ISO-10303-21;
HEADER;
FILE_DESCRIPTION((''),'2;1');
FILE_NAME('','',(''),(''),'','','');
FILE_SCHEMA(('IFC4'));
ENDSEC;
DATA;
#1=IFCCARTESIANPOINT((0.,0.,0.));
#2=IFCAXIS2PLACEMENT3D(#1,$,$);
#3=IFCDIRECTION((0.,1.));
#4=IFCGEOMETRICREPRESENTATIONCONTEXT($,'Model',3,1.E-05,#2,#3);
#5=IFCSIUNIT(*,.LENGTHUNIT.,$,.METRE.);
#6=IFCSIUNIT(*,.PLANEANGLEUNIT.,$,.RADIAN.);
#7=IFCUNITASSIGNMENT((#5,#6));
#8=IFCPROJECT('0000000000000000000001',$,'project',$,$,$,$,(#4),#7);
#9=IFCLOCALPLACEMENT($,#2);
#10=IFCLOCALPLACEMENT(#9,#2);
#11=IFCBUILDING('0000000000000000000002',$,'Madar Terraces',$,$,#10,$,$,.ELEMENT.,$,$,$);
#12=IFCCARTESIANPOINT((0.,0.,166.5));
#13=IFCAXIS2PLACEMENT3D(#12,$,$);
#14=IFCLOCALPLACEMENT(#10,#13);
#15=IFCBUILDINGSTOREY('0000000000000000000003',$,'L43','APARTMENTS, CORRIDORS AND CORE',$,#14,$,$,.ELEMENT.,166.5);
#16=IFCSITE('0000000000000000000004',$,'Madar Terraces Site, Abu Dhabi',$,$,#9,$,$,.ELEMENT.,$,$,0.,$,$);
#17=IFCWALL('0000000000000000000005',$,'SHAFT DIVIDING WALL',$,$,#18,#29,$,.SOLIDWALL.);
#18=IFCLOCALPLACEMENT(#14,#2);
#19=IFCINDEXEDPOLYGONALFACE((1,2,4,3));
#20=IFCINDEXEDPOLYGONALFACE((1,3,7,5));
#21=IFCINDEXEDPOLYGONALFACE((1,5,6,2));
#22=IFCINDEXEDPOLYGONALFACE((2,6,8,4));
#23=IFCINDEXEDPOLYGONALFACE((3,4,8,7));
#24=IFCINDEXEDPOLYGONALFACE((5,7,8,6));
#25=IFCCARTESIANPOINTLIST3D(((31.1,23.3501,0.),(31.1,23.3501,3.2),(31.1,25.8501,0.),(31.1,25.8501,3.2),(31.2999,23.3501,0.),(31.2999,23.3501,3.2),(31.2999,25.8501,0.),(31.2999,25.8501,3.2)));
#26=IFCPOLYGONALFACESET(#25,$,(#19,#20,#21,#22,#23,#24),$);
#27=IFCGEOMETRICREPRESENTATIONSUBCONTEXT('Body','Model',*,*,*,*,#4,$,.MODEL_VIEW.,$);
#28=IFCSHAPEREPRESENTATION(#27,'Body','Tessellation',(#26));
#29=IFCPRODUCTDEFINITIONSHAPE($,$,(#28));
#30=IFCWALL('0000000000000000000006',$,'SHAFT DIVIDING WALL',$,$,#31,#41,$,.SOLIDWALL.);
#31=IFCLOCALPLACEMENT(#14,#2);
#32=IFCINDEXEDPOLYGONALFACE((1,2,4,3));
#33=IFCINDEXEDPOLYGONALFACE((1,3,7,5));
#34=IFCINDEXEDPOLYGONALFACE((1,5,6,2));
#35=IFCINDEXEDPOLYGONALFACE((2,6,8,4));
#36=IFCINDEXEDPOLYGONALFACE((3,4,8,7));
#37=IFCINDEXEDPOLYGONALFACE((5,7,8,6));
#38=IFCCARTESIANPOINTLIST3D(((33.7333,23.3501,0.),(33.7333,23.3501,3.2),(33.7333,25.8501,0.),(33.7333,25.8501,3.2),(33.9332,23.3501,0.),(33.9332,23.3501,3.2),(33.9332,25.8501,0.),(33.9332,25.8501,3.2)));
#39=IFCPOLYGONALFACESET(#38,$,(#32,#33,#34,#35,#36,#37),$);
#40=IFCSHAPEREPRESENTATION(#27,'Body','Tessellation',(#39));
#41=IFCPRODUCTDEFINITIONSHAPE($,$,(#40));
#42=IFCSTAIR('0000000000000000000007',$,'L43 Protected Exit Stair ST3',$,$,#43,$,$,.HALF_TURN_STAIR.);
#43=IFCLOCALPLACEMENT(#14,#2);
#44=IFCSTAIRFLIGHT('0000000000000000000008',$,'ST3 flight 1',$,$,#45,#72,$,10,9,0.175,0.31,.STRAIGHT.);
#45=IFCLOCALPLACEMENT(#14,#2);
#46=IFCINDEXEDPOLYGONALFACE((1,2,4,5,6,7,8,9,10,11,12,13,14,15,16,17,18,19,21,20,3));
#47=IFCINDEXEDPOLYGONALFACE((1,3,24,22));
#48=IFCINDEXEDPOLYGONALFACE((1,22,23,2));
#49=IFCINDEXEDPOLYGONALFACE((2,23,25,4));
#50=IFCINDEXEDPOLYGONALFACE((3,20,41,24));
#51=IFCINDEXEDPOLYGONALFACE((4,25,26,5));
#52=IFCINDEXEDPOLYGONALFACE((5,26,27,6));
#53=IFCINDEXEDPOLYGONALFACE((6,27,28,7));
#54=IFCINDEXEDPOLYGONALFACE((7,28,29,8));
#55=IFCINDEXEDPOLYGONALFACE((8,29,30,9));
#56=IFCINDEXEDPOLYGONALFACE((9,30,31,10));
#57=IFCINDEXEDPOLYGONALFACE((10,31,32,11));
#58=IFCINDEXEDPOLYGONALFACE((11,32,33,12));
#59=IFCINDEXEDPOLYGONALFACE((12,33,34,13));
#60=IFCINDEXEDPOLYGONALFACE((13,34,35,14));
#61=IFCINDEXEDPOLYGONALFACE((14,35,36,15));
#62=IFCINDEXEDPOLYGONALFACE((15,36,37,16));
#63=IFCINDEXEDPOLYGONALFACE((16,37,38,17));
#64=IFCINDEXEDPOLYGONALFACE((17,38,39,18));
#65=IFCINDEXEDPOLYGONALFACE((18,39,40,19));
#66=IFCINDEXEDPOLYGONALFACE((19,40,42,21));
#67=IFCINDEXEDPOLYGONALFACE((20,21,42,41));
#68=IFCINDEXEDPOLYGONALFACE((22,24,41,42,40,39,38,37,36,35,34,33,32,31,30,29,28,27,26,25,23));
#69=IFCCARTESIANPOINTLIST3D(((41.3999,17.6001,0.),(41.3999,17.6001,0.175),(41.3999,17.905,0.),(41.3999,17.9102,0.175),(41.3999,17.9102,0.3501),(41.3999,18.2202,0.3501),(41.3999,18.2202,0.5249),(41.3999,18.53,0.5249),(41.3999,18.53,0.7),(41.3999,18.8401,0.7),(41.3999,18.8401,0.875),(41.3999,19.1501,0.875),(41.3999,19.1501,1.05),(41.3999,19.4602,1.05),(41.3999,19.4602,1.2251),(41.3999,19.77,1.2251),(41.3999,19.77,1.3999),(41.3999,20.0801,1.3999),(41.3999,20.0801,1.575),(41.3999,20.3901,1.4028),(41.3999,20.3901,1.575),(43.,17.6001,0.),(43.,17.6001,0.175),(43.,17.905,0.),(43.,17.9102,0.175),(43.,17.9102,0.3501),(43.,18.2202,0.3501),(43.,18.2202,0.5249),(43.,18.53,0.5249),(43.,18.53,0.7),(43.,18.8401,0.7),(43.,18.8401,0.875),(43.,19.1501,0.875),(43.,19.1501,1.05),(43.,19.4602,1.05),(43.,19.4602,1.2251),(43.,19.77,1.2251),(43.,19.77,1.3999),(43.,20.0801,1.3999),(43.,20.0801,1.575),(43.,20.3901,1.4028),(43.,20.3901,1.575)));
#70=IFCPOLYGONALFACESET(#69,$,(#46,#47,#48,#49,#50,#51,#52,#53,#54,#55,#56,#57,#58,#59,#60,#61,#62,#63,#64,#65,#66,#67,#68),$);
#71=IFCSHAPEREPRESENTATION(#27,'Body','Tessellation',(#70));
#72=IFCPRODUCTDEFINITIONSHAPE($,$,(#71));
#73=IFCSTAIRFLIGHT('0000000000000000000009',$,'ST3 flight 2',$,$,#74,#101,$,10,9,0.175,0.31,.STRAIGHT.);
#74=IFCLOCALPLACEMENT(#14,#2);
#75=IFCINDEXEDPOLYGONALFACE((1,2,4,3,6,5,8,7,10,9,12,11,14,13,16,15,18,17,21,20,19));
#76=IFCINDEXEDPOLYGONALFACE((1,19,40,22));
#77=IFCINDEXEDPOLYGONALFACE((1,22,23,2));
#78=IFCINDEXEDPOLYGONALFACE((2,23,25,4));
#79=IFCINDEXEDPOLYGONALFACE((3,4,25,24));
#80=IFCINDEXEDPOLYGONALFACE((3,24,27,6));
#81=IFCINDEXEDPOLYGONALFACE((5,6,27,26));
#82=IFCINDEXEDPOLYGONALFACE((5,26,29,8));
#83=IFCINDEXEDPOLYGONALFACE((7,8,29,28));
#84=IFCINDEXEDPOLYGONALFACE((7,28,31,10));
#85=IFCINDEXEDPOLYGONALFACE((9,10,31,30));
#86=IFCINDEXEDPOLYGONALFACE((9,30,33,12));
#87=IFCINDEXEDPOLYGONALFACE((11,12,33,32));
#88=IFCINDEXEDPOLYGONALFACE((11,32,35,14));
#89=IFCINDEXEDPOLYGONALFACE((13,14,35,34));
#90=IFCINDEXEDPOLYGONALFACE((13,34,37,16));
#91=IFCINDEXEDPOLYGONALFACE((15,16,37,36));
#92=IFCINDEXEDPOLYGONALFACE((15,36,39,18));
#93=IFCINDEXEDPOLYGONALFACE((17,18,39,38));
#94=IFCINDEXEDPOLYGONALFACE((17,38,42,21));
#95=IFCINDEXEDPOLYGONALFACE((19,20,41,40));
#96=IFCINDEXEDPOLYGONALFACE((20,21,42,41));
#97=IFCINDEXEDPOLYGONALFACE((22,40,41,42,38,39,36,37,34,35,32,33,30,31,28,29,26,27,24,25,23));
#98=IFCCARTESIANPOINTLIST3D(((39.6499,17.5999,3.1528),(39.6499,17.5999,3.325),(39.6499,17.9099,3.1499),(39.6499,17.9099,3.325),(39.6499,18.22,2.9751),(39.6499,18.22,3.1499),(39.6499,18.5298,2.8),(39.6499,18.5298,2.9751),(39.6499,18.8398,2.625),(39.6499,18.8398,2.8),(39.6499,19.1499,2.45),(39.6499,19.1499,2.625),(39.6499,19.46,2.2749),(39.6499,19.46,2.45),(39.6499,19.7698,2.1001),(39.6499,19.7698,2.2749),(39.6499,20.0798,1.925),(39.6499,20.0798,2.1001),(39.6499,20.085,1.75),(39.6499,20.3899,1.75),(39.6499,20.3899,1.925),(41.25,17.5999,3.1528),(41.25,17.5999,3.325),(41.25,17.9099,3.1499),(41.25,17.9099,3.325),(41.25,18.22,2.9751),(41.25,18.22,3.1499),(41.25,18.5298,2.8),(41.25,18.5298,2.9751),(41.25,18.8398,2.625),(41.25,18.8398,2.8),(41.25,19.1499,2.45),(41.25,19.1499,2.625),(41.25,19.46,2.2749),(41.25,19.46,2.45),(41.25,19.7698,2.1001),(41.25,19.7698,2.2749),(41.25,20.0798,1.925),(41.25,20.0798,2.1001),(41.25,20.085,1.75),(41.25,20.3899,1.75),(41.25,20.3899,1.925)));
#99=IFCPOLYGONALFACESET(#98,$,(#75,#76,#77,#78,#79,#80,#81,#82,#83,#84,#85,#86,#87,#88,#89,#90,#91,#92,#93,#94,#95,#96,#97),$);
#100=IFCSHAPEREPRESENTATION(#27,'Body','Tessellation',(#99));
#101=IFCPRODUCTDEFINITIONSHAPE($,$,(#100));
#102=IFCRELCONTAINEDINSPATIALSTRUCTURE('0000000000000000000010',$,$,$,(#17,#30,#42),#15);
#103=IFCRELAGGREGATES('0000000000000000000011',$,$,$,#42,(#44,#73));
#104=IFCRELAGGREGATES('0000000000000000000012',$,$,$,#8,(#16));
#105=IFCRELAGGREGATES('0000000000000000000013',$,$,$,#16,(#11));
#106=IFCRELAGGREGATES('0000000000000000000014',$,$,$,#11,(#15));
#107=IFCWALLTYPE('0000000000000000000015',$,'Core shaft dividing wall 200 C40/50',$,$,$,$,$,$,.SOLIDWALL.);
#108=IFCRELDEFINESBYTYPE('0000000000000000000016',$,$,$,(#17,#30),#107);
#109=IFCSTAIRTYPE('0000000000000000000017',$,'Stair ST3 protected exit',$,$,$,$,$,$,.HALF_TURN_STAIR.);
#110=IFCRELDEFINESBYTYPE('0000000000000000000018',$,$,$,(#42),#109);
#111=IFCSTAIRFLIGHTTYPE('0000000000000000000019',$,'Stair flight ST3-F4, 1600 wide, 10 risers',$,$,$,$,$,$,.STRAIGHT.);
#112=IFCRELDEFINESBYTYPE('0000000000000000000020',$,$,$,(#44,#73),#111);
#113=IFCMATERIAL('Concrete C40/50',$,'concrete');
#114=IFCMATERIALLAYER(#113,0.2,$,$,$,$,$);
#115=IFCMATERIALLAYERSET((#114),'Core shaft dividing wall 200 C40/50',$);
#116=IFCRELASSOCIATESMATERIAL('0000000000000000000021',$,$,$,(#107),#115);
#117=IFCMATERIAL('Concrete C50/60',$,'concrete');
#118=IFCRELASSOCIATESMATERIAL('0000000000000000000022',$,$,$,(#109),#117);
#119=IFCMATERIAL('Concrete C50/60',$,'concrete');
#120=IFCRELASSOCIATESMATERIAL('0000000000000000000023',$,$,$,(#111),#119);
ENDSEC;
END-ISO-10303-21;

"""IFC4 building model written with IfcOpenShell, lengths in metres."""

from ifc_helpers import new_model, si_unit, direction, frame, frame_2d, origin, place, context, subcontext, project, spatial, polyline, rectangle, outline, extrude, material, layer, layer_set, type_object, element, aggregate, save


model = new_model("IFC4")

# Units and contexts
model_context = context("Model", 3, precision=1e-05, world=origin(), true_north=direction((0.0, 1.0)))
body_context = subcontext(model_context, "Body", "Model", "MODEL_VIEW")
ifc_project = project(units=[si_unit("LENGTHUNIT", "METRE"), si_unit("PLANEANGLEUNIT", "RADIAN")], contexts=[model_context])

# Site, building, storey
site_placement = place(None, origin())
site = spatial("IfcSite", under=ifc_project, at=site_placement, Name="Madar Terraces Site, Abu Dhabi", CompositionType="ELEMENT", RefElevation=0.0)
building_placement = place(site_placement, origin())
building = spatial("IfcBuilding", under=site, at=building_placement, Name="Madar Terraces", CompositionType="ELEMENT")
storey_placement = place(building_placement, frame((0.0, 0.0, 166.5)))
storey = spatial("IfcBuildingStorey", under=building, at=storey_placement, Name="L43", Description="APARTMENTS, CORRIDORS AND CORE", CompositionType="ELEMENT", Elevation=166.5)

# Walls
ifc_material_1 = material(Name="Concrete C40/50", Category="concrete")
ifc_layer_1 = layer(ifc_material_1, 0.2)
ifc_layer_set_1 = layer_set([ifc_layer_1], Name="Core shaft dividing wall 200 C40/50")
wall_type_1 = type_object("IfcWallType", Name="Core shaft dividing wall 200 C40/50", PredefinedType="SOLIDWALL", material=ifc_layer_set_1)
for number, where, z_axis, x_axis, name in (
    (1, (31.2, 23.3501, 0.0), (0.0, 0.0, 1.0), (0.0, 1.0, 0.0), "SHAFT DIVIDING WALL"),
    (2, (33.8333, 23.3501, 0.0), (0.0, 0.0, 1.0), (0.0, 1.0, 0.0), "SHAFT DIVIDING WALL"),
):
    element("IfcWall", number, at=place(storey_placement, frame(where, z_axis=z_axis, x_axis=x_axis)), inside=storey, type_object=wall_type_1, Name=name, PredefinedType="SOLIDWALL", context=body_context, shape_type="SweptSolid", body=[
        extrude(rectangle(XDim=2.5, YDim=0.2, at=frame_2d((1.25, 0.0))), origin(), (0.0, 0.0, 1.0), 3.2),
    ])

# Stair, stair flights
ifc_material_2 = material(Name="Concrete C50/60", Category="concrete")
stair_type = type_object("IfcStairType", Name="Stair ST3 protected exit", PredefinedType="HALF_TURN_STAIR", material=ifc_material_2)
stair_placement = place(storey_placement, origin())
stair = element("IfcStair", 3, at=stair_placement, inside=storey, type_object=stair_type, Name="L43 Protected Exit Stair ST3", PredefinedType="HALF_TURN_STAIR")
ifc_material_3 = material(Name="Concrete C50/60", Category="concrete")
stair_flight_type = type_object("IfcStairFlightType", Name="Stair flight ST3-F4, 1600 wide, 10 risers", PredefinedType="STRAIGHT", material=ifc_material_3)
stair_flight_1_placement = place(storey_placement, frame((42.2, 17.6001, 0.0), z_axis=(0.0, 0.0, 1.0), x_axis=(0.0, 1.0, 0.0)))
stair_flight_1 = element("IfcStairFlight", 4, at=stair_flight_1_placement, type_object=stair_flight_type, Name="ST3 flight 1", NumberOfRisers=10, NumberOfTreads=9, PredefinedType="STRAIGHT", RiserHeight=0.175, TreadLength=0.31, context=body_context, shape_type="SweptSolid", body=[
    extrude(outline(polyline([(0.0, 0.0), (0.0, 0.175), (0.3101, 0.175), (0.3101, 0.3501), (0.6201, 0.3501), (0.6201, 0.5249), (0.9299, 0.5249), (0.9299, 0.7), (1.24, 0.7), (1.24, 0.875), (1.55, 0.875), (1.55, 1.05), (1.8601, 1.05), (1.8601, 1.2251), (2.1699, 1.2251), (2.1699, 1.3999), (2.48, 1.3999), (2.48, 1.575), (2.79, 1.575), (2.79, 1.75), (2.79, 1.4028), (0.3049, 0.0), (0.0, 0.0)])), frame((0.0, 0.8, 0.0), z_axis=(0.0, -1.0, 0.0), x_axis=(1.0, 0.0, 0.0)), (0.0, 0.0, 1.0), 1.6001),
])
stair_flight_2_placement = place(storey_placement, frame((40.45, 20.3899, 1.75), z_axis=(0.0, 0.0, 1.0), x_axis=(0.0, -1.0, 0.0)))
stair_flight_2 = element("IfcStairFlight", 5, at=stair_flight_2_placement, type_object=stair_flight_type, Name="ST3 flight 2", NumberOfRisers=10, NumberOfTreads=9, PredefinedType="STRAIGHT", RiserHeight=0.175, TreadLength=0.31, context=body_context, shape_type="SweptSolid", body=[
    extrude(outline(polyline([(0.0, 0.0), (0.0, 0.175), (0.3101, 0.175), (0.3101, 0.3501), (0.6201, 0.3501), (0.6201, 0.5249), (0.9299, 0.5249), (0.9299, 0.7), (1.24, 0.7), (1.24, 0.875), (1.55, 0.875), (1.55, 1.05), (1.8601, 1.05), (1.8601, 1.2251), (2.1699, 1.2251), (2.1699, 1.3999), (2.48, 1.3999), (2.48, 1.575), (2.79, 1.575), (2.79, 1.75), (2.79, 1.4028), (0.3049, 0.0), (0.0, 0.0)])), frame((0.0, 0.8, 0.0), z_axis=(0.0, -1.0, 0.0), x_axis=(1.0, 0.0, 0.0)), (0.0, 0.0, 1.0), 1.6001),
])
aggregate(stair, [stair_flight_1, stair_flight_2])

save(model, "model.ifc")
